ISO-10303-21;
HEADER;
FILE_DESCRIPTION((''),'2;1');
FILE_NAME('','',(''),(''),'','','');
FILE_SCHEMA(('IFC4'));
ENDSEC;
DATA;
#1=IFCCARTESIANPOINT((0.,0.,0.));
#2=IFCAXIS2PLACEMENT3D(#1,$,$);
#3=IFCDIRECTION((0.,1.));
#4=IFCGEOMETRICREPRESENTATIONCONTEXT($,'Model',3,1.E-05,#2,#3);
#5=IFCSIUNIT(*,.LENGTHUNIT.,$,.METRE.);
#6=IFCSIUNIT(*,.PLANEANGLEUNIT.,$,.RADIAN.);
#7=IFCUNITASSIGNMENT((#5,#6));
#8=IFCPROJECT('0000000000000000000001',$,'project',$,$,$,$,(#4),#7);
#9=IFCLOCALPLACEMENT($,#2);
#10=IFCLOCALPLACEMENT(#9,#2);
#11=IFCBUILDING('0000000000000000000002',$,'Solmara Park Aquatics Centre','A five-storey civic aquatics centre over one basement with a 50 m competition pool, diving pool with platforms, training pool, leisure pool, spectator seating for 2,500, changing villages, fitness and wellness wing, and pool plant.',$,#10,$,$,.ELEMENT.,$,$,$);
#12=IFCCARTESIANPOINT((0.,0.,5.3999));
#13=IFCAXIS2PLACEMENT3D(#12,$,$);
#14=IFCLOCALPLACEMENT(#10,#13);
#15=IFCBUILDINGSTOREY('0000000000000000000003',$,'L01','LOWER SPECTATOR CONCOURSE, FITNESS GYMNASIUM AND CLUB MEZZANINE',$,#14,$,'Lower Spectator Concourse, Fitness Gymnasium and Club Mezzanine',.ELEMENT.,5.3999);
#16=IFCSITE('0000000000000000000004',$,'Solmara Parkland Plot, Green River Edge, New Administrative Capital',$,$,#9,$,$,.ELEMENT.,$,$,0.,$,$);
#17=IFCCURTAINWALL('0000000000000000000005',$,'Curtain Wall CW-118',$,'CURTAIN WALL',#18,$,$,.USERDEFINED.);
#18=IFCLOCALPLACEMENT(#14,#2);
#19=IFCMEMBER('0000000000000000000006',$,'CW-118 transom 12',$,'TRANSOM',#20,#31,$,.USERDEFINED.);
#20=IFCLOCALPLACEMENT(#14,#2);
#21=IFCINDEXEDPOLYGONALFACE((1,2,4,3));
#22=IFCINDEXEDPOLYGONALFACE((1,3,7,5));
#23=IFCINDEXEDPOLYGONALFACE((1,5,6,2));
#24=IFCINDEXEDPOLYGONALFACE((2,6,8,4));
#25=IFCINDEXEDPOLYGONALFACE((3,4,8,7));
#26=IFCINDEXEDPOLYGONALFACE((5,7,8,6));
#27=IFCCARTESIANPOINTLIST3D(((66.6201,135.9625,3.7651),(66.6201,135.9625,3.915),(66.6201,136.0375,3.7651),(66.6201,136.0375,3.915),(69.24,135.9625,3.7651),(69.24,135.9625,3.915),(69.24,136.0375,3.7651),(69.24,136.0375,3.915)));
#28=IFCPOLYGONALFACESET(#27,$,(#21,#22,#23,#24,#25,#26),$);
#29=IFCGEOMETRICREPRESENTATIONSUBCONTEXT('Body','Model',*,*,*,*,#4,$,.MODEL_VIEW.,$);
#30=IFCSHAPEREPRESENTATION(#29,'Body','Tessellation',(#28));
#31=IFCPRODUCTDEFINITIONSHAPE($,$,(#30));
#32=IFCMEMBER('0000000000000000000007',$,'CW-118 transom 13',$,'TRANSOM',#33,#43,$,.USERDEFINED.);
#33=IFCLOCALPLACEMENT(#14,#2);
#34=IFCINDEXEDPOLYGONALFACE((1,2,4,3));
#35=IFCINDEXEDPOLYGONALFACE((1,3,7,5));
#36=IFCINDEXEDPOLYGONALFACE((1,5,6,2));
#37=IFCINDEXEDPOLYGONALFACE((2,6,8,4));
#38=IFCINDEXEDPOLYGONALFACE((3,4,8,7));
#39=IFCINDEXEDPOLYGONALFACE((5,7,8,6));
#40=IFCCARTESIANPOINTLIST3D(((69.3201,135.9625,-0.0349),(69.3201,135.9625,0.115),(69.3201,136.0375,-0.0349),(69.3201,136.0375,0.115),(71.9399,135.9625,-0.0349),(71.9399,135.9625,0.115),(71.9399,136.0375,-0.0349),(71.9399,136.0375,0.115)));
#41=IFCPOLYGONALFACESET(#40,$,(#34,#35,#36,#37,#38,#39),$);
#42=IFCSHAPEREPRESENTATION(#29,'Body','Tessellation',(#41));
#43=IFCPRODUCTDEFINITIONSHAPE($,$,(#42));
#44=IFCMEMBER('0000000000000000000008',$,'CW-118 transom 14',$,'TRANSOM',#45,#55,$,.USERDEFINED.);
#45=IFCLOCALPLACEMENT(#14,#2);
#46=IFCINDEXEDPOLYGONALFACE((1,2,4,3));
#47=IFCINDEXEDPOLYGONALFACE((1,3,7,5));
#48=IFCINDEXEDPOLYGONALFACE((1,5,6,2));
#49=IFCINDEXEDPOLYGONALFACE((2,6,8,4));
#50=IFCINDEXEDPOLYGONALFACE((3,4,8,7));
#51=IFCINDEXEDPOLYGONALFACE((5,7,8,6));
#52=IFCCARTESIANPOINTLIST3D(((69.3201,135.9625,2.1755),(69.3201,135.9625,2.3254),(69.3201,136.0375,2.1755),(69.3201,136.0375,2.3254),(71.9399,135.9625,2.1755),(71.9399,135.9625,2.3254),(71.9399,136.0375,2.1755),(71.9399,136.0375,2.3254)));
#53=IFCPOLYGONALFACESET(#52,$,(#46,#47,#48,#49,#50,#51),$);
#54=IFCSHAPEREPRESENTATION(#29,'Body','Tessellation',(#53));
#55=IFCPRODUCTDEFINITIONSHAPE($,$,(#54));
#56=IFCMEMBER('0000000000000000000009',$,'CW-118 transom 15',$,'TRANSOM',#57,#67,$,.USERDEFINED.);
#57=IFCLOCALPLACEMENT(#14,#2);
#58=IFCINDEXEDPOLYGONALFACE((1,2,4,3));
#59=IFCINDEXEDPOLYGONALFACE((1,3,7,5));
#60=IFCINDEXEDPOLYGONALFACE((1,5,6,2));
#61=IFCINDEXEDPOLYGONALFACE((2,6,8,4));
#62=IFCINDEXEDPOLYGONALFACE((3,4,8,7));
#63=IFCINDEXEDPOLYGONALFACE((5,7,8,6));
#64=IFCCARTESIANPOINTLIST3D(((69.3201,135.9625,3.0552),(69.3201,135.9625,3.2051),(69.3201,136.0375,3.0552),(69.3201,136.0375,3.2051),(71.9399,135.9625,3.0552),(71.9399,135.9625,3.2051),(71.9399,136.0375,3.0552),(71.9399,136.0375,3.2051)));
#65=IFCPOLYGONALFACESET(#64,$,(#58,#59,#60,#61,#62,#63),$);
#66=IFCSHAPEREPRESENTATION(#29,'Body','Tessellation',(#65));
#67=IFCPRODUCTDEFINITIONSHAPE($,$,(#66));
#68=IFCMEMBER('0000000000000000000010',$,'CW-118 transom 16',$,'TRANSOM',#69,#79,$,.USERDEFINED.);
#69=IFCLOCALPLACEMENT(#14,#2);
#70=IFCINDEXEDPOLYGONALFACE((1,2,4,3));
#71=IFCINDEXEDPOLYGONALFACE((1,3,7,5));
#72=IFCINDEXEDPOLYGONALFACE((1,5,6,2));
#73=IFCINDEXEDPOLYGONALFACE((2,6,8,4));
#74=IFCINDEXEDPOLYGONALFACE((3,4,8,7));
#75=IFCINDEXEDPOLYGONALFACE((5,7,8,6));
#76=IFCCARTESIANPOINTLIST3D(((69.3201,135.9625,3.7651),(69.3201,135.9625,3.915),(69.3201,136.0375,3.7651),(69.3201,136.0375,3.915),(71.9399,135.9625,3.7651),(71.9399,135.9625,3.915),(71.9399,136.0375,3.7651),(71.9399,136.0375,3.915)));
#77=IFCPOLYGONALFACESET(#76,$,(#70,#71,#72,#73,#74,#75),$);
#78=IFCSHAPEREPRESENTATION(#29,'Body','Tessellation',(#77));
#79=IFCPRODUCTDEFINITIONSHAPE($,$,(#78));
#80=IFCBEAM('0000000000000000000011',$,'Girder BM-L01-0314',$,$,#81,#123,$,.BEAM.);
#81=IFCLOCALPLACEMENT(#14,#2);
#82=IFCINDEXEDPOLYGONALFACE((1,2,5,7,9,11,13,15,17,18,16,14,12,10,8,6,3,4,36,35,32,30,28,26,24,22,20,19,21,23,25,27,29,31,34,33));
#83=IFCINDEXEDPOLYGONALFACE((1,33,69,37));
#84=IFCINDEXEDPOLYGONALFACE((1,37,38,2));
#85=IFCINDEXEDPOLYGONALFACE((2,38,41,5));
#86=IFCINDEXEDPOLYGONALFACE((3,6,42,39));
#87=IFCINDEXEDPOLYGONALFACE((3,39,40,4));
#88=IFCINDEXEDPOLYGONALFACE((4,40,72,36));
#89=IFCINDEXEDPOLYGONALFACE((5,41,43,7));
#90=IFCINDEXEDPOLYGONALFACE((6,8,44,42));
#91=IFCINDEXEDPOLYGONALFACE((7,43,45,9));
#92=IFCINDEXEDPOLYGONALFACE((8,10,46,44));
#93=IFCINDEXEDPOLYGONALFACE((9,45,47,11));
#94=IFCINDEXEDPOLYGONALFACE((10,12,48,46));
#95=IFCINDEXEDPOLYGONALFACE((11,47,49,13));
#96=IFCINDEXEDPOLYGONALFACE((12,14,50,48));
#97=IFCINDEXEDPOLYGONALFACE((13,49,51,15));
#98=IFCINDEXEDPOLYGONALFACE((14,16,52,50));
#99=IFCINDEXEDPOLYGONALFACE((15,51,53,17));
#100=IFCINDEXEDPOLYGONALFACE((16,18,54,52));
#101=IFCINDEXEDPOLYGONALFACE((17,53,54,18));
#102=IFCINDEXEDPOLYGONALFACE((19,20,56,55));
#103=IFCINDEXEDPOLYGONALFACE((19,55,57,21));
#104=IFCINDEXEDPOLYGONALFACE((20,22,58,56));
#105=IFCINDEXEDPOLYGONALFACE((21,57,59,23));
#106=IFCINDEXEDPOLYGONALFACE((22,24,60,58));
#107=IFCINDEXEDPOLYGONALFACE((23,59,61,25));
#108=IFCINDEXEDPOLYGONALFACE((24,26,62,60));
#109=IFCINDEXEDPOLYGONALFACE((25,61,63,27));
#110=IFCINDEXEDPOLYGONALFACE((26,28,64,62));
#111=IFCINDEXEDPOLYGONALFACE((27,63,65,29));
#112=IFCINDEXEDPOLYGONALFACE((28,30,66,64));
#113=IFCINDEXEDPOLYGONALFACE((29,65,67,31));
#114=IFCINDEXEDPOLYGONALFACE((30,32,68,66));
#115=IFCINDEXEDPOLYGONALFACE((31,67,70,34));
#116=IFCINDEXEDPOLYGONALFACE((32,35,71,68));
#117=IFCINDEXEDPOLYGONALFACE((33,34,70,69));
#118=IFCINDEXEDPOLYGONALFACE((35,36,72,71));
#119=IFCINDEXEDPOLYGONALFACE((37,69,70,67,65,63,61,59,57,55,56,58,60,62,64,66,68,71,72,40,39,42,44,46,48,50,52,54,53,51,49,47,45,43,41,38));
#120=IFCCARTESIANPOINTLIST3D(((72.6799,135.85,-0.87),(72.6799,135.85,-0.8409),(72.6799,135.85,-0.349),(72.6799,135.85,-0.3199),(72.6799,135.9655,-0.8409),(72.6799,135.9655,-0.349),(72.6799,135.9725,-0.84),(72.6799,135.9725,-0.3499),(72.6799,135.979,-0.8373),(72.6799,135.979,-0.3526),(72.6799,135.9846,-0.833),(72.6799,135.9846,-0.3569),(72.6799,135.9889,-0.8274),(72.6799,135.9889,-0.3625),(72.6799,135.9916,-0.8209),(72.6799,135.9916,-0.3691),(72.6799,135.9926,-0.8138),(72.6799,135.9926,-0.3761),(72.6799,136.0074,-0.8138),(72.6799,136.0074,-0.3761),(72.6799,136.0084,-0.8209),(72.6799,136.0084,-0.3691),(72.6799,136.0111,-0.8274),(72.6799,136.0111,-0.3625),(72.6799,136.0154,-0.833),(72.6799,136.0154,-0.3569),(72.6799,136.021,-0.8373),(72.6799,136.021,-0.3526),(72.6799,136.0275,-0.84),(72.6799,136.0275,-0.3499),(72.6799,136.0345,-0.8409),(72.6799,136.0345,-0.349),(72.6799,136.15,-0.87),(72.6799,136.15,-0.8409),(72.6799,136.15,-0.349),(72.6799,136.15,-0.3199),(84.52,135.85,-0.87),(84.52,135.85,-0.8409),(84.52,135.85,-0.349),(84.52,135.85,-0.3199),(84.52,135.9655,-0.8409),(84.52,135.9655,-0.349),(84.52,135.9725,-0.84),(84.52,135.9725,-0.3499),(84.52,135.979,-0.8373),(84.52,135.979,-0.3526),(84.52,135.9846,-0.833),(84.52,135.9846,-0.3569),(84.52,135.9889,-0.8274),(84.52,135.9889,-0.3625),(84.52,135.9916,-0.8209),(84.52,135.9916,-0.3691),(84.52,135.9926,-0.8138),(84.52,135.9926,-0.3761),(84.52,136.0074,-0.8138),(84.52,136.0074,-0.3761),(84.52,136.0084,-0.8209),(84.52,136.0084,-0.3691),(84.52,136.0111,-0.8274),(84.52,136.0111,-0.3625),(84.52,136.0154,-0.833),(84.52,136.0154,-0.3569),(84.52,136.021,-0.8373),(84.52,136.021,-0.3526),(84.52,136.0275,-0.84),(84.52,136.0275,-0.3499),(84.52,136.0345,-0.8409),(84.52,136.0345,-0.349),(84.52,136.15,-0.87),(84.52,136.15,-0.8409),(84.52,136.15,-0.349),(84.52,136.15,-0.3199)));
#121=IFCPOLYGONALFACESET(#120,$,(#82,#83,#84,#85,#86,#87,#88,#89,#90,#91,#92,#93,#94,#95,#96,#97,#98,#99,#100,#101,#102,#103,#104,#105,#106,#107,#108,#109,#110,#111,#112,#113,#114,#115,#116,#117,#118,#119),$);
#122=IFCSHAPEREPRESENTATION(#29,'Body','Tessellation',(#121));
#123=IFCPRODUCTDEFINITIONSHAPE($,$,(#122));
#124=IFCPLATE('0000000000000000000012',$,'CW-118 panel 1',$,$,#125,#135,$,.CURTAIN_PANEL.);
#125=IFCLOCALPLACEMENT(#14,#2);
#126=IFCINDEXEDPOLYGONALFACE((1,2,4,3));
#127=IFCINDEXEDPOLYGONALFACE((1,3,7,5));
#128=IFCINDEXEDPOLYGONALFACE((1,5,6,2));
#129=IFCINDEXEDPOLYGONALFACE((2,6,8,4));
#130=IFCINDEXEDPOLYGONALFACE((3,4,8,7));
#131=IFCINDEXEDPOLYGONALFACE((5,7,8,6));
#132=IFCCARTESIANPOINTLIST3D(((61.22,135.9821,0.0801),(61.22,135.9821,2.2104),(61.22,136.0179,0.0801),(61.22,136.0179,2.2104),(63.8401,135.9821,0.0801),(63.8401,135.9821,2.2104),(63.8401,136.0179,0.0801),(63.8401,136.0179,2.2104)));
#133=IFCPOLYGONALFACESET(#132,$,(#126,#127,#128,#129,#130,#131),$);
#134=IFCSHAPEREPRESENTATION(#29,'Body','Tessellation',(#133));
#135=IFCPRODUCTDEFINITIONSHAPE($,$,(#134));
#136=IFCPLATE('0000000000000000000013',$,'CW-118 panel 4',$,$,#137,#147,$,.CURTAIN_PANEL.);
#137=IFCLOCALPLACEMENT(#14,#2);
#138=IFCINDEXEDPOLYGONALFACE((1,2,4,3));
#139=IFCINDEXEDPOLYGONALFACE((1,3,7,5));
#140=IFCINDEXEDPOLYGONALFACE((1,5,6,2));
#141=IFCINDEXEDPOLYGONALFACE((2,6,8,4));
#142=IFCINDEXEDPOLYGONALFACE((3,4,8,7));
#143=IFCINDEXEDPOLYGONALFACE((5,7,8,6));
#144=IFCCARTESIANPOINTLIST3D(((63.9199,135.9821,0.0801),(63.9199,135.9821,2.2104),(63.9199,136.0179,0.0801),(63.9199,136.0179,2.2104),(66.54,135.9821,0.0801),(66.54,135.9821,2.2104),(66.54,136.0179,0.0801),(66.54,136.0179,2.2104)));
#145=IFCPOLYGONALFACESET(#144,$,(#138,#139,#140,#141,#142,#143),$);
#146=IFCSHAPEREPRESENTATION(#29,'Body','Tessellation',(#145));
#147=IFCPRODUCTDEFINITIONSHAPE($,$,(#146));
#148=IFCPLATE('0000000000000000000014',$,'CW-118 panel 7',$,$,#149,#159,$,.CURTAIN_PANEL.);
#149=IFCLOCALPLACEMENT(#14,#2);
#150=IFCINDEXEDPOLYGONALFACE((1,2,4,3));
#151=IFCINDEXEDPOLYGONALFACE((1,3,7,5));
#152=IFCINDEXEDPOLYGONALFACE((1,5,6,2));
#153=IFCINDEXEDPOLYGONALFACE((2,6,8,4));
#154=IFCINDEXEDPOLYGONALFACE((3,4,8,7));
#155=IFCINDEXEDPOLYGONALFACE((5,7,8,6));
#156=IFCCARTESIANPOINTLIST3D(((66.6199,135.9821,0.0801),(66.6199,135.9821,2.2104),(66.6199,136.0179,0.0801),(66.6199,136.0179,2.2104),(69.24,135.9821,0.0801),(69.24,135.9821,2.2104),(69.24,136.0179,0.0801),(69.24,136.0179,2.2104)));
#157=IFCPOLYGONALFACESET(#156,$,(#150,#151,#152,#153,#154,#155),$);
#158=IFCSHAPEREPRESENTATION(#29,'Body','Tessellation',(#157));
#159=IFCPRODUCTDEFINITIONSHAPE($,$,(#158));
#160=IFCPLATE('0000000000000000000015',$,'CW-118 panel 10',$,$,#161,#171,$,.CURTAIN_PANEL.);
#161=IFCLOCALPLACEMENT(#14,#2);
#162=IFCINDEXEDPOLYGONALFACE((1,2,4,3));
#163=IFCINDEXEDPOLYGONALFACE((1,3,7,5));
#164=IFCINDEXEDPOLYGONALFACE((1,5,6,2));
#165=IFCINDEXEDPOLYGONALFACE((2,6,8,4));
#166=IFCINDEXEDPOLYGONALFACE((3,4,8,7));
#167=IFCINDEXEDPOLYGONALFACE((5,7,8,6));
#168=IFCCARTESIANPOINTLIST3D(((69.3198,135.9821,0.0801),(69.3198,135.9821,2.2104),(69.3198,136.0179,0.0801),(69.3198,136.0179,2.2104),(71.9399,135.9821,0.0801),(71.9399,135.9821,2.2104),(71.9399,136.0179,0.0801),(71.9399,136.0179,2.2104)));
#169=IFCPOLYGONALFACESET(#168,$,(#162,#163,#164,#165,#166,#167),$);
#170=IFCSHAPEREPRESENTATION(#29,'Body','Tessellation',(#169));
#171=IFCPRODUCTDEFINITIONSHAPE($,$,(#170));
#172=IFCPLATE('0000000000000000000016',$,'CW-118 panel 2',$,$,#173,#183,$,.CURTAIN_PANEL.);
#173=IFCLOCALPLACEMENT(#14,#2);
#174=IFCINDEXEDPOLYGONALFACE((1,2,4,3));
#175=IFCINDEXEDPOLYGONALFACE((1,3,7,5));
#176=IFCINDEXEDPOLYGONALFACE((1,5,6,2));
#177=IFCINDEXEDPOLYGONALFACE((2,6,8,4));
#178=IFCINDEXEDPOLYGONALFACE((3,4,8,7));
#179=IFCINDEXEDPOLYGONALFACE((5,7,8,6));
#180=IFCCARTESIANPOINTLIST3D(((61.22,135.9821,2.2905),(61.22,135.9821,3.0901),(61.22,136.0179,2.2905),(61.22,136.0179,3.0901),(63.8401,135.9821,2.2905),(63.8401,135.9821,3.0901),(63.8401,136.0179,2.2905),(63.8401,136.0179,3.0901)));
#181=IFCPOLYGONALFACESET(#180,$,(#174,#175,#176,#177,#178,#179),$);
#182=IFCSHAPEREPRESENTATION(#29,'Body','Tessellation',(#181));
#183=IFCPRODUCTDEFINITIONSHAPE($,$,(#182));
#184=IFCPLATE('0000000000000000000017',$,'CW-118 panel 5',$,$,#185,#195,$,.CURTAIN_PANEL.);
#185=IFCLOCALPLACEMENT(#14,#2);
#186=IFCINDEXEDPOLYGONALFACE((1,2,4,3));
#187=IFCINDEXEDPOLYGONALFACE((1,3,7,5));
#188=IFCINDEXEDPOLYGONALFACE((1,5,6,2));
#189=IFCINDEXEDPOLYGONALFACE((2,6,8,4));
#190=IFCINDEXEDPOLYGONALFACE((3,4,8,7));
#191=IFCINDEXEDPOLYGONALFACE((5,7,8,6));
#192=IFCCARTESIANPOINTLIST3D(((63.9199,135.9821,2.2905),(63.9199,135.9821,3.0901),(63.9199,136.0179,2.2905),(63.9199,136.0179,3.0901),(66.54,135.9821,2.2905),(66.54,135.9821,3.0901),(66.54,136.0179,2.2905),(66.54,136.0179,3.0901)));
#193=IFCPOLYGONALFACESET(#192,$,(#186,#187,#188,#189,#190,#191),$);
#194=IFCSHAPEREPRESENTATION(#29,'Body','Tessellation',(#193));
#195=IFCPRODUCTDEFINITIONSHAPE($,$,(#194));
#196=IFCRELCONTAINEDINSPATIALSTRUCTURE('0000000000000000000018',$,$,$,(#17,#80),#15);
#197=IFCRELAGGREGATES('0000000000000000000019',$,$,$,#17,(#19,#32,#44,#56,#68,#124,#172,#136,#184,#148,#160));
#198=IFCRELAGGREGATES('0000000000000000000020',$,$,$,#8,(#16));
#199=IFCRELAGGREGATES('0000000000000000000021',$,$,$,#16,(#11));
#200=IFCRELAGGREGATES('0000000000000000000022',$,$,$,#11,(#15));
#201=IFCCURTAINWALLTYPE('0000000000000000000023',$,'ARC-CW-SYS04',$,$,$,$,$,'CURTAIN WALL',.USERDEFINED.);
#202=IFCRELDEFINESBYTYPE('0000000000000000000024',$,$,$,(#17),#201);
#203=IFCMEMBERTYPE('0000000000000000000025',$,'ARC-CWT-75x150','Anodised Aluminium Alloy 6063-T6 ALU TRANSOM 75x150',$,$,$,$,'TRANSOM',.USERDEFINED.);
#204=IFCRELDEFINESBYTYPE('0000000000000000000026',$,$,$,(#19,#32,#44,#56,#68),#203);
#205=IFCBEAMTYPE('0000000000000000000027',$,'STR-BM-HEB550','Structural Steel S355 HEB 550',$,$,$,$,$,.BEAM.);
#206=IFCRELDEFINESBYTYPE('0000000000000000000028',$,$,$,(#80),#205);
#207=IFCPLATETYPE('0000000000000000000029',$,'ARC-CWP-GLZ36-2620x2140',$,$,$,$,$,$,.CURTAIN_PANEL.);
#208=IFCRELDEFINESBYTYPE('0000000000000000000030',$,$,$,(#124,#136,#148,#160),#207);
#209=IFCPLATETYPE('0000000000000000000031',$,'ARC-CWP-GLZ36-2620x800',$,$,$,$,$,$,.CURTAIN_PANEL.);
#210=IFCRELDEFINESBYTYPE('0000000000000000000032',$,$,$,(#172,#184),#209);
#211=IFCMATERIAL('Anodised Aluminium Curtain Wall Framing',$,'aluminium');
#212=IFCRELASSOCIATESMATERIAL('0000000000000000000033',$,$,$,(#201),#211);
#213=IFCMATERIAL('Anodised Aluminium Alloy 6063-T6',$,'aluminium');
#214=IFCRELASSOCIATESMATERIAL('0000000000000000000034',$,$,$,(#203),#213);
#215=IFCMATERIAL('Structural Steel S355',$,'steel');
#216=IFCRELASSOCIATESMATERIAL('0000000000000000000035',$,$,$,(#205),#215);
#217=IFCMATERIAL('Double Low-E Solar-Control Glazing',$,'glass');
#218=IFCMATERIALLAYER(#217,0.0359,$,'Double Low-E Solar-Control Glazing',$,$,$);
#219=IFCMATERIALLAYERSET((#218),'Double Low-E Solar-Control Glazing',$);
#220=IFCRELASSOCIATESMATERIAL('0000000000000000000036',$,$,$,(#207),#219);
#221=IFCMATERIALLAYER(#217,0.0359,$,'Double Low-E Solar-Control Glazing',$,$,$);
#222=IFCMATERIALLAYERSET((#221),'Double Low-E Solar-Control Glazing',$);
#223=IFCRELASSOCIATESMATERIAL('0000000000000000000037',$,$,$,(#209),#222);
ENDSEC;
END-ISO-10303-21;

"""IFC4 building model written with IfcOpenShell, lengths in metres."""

from ifc_helpers import new_model, si_unit, direction, frame, origin, origin_2d, place, context, subcontext, project, spatial, rectangle, i_section, extrude, material, layer, layer_set, material_profile, profile_set, type_object, element, aggregate, save


model = new_model("IFC4")

# Units and contexts
model_context = context("Model", 3, precision=1e-05, world=origin(), true_north=direction((0.0, 1.0)))
body_context = subcontext(model_context, "Body", "Model", "MODEL_VIEW")
ifc_project = project(units=[si_unit("LENGTHUNIT", "METRE"), si_unit("PLANEANGLEUNIT", "RADIAN")], contexts=[model_context])

# Site, building, storey
site_placement = place(None, origin())
site = spatial("IfcSite", under=ifc_project, at=site_placement, Name="Solmara Parkland Plot, Green River Edge, New Administrative Capital", CompositionType="ELEMENT", RefElevation=0.0)
building_placement = place(site_placement, origin())
building = spatial("IfcBuilding", under=site, at=building_placement, Name="Solmara Park Aquatics Centre", Description="A five-storey civic aquatics centre over one basement with a 50 m competition pool, diving pool with platforms, training pool, leisure pool, spectator seating for 2,500, changing villages, fitness and wellness wing, and pool plant.", CompositionType="ELEMENT")
storey_placement = place(building_placement, frame((0.0, 0.0, 5.3999)))
storey = spatial("IfcBuildingStorey", under=building, at=storey_placement, Name="L01", Description="LOWER SPECTATOR CONCOURSE, FITNESS GYMNASIUM AND CLUB MEZZANINE", LongName="Lower Spectator Concourse, Fitness Gymnasium and Club Mezzanine", CompositionType="ELEMENT", Elevation=5.3999)

# Curtain wall, members
ifc_material_1 = material(Name="Anodised Aluminium Curtain Wall Framing", Category="aluminium")
curtain_wall_type = type_object("IfcCurtainWallType", Name="ARC-CW-SYS04", ElementType="CURTAIN WALL", PredefinedType="USERDEFINED", material=ifc_material_1)
curtain_wall_placement = place(storey_placement, origin())
curtain_wall = element("IfcCurtainWall", 1, at=curtain_wall_placement, inside=storey, type_object=curtain_wall_type, Name="Curtain Wall CW-118", ObjectType="CURTAIN WALL", PredefinedType="USERDEFINED")
ifc_material_2 = material(Name="Anodised Aluminium Alloy 6063-T6", Category="aluminium")
ifc_material_profile_1 = material_profile(ifc_material_2, rectangle(XDim=0.075, YDim=0.1499, at=origin_2d()), Name="ALU TRANSOM 75x150")
ifc_profile_set_1 = profile_set([ifc_material_profile_1], Name="Anodised Aluminium Alloy 6063-T6")
member_type_1 = type_object("IfcMemberType", Name="ARC-CWT-75x150", Description="Anodised Aluminium Alloy 6063-T6 ALU TRANSOM 75x150", ElementType="TRANSOM", PredefinedType="USERDEFINED", material=ifc_profile_set_1)
member_1_placement = place(storey_placement, frame((66.6201, 136.0, 3.8401), z_axis=(1.0, 0.0, 0.0), x_axis=(0.0, 1.0, 0.0)))
member_1 = element("IfcMember", 2, at=member_1_placement, type_object=member_type_1, Name="CW-118 transom 12", ObjectType="TRANSOM", PredefinedType="USERDEFINED", context=body_context, shape_type="SweptSolid", body=[
    extrude(rectangle(XDim=0.075, YDim=0.1499, at=origin_2d()), origin(), (0.0, 0.0, 1.0), 2.6199),
])
member_2_placement = place(storey_placement, frame((69.3201, 136.0, 0.04), z_axis=(1.0, 0.0, 0.0), x_axis=(0.0, 1.0, 0.0)))
member_2 = element("IfcMember", 3, at=member_2_placement, type_object=member_type_1, Name="CW-118 transom 13", ObjectType="TRANSOM", PredefinedType="USERDEFINED", context=body_context, shape_type="SweptSolid", body=[
    extrude(rectangle(XDim=0.075, YDim=0.1499, at=origin_2d()), origin(), (0.0, 0.0, 1.0), 2.6199),
])
member_3_placement = place(storey_placement, frame((69.3201, 136.0, 2.2505), z_axis=(1.0, 0.0, 0.0), x_axis=(0.0, 1.0, 0.0)))
member_3 = element("IfcMember", 4, at=member_3_placement, type_object=member_type_1, Name="CW-118 transom 14", ObjectType="TRANSOM", PredefinedType="USERDEFINED", context=body_context, shape_type="SweptSolid", body=[
    extrude(rectangle(XDim=0.075, YDim=0.1499, at=origin_2d()), origin(), (0.0, 0.0, 1.0), 2.6199),
])
member_4_placement = place(storey_placement, frame((69.3201, 136.0, 3.1301), z_axis=(1.0, 0.0, 0.0), x_axis=(0.0, 1.0, 0.0)))
member_4 = element("IfcMember", 5, at=member_4_placement, type_object=member_type_1, Name="CW-118 transom 15", ObjectType="TRANSOM", PredefinedType="USERDEFINED", context=body_context, shape_type="SweptSolid", body=[
    extrude(rectangle(XDim=0.075, YDim=0.1499, at=origin_2d()), origin(), (0.0, 0.0, 1.0), 2.6199),
])
member_5_placement = place(storey_placement, frame((69.3201, 136.0, 3.8401), z_axis=(1.0, 0.0, 0.0), x_axis=(0.0, 1.0, 0.0)))
member_5 = element("IfcMember", 6, at=member_5_placement, type_object=member_type_1, Name="CW-118 transom 16", ObjectType="TRANSOM", PredefinedType="USERDEFINED", context=body_context, shape_type="SweptSolid", body=[
    extrude(rectangle(XDim=0.075, YDim=0.1499, at=origin_2d()), origin(), (0.0, 0.0, 1.0), 2.6199),
])

# Beam
ifc_material_3 = material(Name="Structural Steel S355", Category="steel")
ifc_material_profile_2 = material_profile(ifc_material_3, i_section(OverallWidth=0.3, OverallDepth=0.55, WebThickness=0.0149, FlangeThickness=0.0291, FilletRadius=0.0271, at=origin_2d()), Name="HEB 550")
ifc_profile_set_2 = profile_set([ifc_material_profile_2], Name="Structural Steel S355")
beam_type = type_object("IfcBeamType", Name="STR-BM-HEB550", Description="Structural Steel S355 HEB 550", PredefinedType="BEAM", material=ifc_profile_set_2)
beam_placement = place(storey_placement, frame((72.6799, 136.0, -0.595), z_axis=(1.0, 0.0, 0.0), x_axis=(0.0, 1.0, 0.0)))
element("IfcBeam", 7, at=beam_placement, inside=storey, type_object=beam_type, Name="Girder BM-L01-0314", PredefinedType="BEAM", context=body_context, shape_type="SweptSolid", body=[
    extrude(i_section(OverallWidth=0.3, OverallDepth=0.55, WebThickness=0.0149, FlangeThickness=0.0291, FilletRadius=0.0271, at=origin_2d()), origin(), (0.0, 0.0, 1.0), 11.8401),
])

# Plates
ifc_material_4 = material(Name="Double Low-E Solar-Control Glazing", Category="glass")
ifc_layer_1 = layer(ifc_material_4, 0.0359, Name="Double Low-E Solar-Control Glazing")
ifc_layer_set_1 = layer_set([ifc_layer_1], Name="Double Low-E Solar-Control Glazing")
plate_type_1 = type_object("IfcPlateType", Name="ARC-CWP-GLZ36-2620x2140", PredefinedType="CURTAIN_PANEL", material=ifc_layer_set_1)
plate_1_placement = place(storey_placement, frame((62.53, 136.0, 0.0801), z_axis=(0.0, 0.0, 1.0), x_axis=(1.0, 0.0, 0.0)))
plate_1 = element("IfcPlate", 8, at=plate_1_placement, type_object=plate_type_1, Name="CW-118 panel 1", PredefinedType="CURTAIN_PANEL", context=body_context, shape_type="SweptSolid", body=[
    extrude(rectangle(XDim=2.6201, YDim=0.0359, at=origin_2d()), origin(), (0.0, 0.0, 1.0), 2.1304),
])
plate_2_placement = place(storey_placement, frame((65.23, 136.0, 0.0801), z_axis=(0.0, 0.0, 1.0), x_axis=(1.0, 0.0, 0.0)))
plate_2 = element("IfcPlate", 9, at=plate_2_placement, type_object=plate_type_1, Name="CW-118 panel 4", PredefinedType="CURTAIN_PANEL", context=body_context, shape_type="SweptSolid", body=[
    extrude(rectangle(XDim=2.6201, YDim=0.0359, at=origin_2d()), origin(), (0.0, 0.0, 1.0), 2.1304),
])
plate_3_placement = place(storey_placement, frame((67.9299, 136.0, 0.0801), z_axis=(0.0, 0.0, 1.0), x_axis=(1.0, 0.0, 0.0)))
plate_3 = element("IfcPlate", 10, at=plate_3_placement, type_object=plate_type_1, Name="CW-118 panel 7", PredefinedType="CURTAIN_PANEL", context=body_context, shape_type="SweptSolid", body=[
    extrude(rectangle(XDim=2.6201, YDim=0.0359, at=origin_2d()), origin(), (0.0, 0.0, 1.0), 2.1304),
])
plate_4_placement = place(storey_placement, frame((70.6299, 136.0, 0.0801), z_axis=(0.0, 0.0, 1.0), x_axis=(1.0, 0.0, 0.0)))
plate_4 = element("IfcPlate", 11, at=plate_4_placement, type_object=plate_type_1, Name="CW-118 panel 10", PredefinedType="CURTAIN_PANEL", context=body_context, shape_type="SweptSolid", body=[
    extrude(rectangle(XDim=2.6201, YDim=0.0359, at=origin_2d()), origin(), (0.0, 0.0, 1.0), 2.1304),
])
ifc_layer_2 = layer(ifc_material_4, 0.0359, Name="Double Low-E Solar-Control Glazing")
ifc_layer_set_2 = layer_set([ifc_layer_2], Name="Double Low-E Solar-Control Glazing")
plate_type_2 = type_object("IfcPlateType", Name="ARC-CWP-GLZ36-2620x800", PredefinedType="CURTAIN_PANEL", material=ifc_layer_set_2)
plate_5_placement = place(storey_placement, frame((62.53, 136.0, 2.2905), z_axis=(0.0, 0.0, 1.0), x_axis=(1.0, 0.0, 0.0)))
plate_5 = element("IfcPlate", 12, at=plate_5_placement, type_object=plate_type_2, Name="CW-118 panel 2", PredefinedType="CURTAIN_PANEL", context=body_context, shape_type="SweptSolid", body=[
    extrude(rectangle(XDim=2.6201, YDim=0.0359, at=origin_2d()), origin(), (0.0, 0.0, 1.0), 0.7996),
])
plate_6_placement = place(storey_placement, frame((65.23, 136.0, 2.2905), z_axis=(0.0, 0.0, 1.0), x_axis=(1.0, 0.0, 0.0)))
plate_6 = element("IfcPlate", 13, at=plate_6_placement, type_object=plate_type_2, Name="CW-118 panel 5", PredefinedType="CURTAIN_PANEL", context=body_context, shape_type="SweptSolid", body=[
    extrude(rectangle(XDim=2.6201, YDim=0.0359, at=origin_2d()), origin(), (0.0, 0.0, 1.0), 0.7996),
])
aggregate(curtain_wall, [member_1, member_2, member_3, member_4, member_5, plate_1, plate_5, plate_2, plate_6, plate_3, plate_4])

save(model, "model.ifc")
